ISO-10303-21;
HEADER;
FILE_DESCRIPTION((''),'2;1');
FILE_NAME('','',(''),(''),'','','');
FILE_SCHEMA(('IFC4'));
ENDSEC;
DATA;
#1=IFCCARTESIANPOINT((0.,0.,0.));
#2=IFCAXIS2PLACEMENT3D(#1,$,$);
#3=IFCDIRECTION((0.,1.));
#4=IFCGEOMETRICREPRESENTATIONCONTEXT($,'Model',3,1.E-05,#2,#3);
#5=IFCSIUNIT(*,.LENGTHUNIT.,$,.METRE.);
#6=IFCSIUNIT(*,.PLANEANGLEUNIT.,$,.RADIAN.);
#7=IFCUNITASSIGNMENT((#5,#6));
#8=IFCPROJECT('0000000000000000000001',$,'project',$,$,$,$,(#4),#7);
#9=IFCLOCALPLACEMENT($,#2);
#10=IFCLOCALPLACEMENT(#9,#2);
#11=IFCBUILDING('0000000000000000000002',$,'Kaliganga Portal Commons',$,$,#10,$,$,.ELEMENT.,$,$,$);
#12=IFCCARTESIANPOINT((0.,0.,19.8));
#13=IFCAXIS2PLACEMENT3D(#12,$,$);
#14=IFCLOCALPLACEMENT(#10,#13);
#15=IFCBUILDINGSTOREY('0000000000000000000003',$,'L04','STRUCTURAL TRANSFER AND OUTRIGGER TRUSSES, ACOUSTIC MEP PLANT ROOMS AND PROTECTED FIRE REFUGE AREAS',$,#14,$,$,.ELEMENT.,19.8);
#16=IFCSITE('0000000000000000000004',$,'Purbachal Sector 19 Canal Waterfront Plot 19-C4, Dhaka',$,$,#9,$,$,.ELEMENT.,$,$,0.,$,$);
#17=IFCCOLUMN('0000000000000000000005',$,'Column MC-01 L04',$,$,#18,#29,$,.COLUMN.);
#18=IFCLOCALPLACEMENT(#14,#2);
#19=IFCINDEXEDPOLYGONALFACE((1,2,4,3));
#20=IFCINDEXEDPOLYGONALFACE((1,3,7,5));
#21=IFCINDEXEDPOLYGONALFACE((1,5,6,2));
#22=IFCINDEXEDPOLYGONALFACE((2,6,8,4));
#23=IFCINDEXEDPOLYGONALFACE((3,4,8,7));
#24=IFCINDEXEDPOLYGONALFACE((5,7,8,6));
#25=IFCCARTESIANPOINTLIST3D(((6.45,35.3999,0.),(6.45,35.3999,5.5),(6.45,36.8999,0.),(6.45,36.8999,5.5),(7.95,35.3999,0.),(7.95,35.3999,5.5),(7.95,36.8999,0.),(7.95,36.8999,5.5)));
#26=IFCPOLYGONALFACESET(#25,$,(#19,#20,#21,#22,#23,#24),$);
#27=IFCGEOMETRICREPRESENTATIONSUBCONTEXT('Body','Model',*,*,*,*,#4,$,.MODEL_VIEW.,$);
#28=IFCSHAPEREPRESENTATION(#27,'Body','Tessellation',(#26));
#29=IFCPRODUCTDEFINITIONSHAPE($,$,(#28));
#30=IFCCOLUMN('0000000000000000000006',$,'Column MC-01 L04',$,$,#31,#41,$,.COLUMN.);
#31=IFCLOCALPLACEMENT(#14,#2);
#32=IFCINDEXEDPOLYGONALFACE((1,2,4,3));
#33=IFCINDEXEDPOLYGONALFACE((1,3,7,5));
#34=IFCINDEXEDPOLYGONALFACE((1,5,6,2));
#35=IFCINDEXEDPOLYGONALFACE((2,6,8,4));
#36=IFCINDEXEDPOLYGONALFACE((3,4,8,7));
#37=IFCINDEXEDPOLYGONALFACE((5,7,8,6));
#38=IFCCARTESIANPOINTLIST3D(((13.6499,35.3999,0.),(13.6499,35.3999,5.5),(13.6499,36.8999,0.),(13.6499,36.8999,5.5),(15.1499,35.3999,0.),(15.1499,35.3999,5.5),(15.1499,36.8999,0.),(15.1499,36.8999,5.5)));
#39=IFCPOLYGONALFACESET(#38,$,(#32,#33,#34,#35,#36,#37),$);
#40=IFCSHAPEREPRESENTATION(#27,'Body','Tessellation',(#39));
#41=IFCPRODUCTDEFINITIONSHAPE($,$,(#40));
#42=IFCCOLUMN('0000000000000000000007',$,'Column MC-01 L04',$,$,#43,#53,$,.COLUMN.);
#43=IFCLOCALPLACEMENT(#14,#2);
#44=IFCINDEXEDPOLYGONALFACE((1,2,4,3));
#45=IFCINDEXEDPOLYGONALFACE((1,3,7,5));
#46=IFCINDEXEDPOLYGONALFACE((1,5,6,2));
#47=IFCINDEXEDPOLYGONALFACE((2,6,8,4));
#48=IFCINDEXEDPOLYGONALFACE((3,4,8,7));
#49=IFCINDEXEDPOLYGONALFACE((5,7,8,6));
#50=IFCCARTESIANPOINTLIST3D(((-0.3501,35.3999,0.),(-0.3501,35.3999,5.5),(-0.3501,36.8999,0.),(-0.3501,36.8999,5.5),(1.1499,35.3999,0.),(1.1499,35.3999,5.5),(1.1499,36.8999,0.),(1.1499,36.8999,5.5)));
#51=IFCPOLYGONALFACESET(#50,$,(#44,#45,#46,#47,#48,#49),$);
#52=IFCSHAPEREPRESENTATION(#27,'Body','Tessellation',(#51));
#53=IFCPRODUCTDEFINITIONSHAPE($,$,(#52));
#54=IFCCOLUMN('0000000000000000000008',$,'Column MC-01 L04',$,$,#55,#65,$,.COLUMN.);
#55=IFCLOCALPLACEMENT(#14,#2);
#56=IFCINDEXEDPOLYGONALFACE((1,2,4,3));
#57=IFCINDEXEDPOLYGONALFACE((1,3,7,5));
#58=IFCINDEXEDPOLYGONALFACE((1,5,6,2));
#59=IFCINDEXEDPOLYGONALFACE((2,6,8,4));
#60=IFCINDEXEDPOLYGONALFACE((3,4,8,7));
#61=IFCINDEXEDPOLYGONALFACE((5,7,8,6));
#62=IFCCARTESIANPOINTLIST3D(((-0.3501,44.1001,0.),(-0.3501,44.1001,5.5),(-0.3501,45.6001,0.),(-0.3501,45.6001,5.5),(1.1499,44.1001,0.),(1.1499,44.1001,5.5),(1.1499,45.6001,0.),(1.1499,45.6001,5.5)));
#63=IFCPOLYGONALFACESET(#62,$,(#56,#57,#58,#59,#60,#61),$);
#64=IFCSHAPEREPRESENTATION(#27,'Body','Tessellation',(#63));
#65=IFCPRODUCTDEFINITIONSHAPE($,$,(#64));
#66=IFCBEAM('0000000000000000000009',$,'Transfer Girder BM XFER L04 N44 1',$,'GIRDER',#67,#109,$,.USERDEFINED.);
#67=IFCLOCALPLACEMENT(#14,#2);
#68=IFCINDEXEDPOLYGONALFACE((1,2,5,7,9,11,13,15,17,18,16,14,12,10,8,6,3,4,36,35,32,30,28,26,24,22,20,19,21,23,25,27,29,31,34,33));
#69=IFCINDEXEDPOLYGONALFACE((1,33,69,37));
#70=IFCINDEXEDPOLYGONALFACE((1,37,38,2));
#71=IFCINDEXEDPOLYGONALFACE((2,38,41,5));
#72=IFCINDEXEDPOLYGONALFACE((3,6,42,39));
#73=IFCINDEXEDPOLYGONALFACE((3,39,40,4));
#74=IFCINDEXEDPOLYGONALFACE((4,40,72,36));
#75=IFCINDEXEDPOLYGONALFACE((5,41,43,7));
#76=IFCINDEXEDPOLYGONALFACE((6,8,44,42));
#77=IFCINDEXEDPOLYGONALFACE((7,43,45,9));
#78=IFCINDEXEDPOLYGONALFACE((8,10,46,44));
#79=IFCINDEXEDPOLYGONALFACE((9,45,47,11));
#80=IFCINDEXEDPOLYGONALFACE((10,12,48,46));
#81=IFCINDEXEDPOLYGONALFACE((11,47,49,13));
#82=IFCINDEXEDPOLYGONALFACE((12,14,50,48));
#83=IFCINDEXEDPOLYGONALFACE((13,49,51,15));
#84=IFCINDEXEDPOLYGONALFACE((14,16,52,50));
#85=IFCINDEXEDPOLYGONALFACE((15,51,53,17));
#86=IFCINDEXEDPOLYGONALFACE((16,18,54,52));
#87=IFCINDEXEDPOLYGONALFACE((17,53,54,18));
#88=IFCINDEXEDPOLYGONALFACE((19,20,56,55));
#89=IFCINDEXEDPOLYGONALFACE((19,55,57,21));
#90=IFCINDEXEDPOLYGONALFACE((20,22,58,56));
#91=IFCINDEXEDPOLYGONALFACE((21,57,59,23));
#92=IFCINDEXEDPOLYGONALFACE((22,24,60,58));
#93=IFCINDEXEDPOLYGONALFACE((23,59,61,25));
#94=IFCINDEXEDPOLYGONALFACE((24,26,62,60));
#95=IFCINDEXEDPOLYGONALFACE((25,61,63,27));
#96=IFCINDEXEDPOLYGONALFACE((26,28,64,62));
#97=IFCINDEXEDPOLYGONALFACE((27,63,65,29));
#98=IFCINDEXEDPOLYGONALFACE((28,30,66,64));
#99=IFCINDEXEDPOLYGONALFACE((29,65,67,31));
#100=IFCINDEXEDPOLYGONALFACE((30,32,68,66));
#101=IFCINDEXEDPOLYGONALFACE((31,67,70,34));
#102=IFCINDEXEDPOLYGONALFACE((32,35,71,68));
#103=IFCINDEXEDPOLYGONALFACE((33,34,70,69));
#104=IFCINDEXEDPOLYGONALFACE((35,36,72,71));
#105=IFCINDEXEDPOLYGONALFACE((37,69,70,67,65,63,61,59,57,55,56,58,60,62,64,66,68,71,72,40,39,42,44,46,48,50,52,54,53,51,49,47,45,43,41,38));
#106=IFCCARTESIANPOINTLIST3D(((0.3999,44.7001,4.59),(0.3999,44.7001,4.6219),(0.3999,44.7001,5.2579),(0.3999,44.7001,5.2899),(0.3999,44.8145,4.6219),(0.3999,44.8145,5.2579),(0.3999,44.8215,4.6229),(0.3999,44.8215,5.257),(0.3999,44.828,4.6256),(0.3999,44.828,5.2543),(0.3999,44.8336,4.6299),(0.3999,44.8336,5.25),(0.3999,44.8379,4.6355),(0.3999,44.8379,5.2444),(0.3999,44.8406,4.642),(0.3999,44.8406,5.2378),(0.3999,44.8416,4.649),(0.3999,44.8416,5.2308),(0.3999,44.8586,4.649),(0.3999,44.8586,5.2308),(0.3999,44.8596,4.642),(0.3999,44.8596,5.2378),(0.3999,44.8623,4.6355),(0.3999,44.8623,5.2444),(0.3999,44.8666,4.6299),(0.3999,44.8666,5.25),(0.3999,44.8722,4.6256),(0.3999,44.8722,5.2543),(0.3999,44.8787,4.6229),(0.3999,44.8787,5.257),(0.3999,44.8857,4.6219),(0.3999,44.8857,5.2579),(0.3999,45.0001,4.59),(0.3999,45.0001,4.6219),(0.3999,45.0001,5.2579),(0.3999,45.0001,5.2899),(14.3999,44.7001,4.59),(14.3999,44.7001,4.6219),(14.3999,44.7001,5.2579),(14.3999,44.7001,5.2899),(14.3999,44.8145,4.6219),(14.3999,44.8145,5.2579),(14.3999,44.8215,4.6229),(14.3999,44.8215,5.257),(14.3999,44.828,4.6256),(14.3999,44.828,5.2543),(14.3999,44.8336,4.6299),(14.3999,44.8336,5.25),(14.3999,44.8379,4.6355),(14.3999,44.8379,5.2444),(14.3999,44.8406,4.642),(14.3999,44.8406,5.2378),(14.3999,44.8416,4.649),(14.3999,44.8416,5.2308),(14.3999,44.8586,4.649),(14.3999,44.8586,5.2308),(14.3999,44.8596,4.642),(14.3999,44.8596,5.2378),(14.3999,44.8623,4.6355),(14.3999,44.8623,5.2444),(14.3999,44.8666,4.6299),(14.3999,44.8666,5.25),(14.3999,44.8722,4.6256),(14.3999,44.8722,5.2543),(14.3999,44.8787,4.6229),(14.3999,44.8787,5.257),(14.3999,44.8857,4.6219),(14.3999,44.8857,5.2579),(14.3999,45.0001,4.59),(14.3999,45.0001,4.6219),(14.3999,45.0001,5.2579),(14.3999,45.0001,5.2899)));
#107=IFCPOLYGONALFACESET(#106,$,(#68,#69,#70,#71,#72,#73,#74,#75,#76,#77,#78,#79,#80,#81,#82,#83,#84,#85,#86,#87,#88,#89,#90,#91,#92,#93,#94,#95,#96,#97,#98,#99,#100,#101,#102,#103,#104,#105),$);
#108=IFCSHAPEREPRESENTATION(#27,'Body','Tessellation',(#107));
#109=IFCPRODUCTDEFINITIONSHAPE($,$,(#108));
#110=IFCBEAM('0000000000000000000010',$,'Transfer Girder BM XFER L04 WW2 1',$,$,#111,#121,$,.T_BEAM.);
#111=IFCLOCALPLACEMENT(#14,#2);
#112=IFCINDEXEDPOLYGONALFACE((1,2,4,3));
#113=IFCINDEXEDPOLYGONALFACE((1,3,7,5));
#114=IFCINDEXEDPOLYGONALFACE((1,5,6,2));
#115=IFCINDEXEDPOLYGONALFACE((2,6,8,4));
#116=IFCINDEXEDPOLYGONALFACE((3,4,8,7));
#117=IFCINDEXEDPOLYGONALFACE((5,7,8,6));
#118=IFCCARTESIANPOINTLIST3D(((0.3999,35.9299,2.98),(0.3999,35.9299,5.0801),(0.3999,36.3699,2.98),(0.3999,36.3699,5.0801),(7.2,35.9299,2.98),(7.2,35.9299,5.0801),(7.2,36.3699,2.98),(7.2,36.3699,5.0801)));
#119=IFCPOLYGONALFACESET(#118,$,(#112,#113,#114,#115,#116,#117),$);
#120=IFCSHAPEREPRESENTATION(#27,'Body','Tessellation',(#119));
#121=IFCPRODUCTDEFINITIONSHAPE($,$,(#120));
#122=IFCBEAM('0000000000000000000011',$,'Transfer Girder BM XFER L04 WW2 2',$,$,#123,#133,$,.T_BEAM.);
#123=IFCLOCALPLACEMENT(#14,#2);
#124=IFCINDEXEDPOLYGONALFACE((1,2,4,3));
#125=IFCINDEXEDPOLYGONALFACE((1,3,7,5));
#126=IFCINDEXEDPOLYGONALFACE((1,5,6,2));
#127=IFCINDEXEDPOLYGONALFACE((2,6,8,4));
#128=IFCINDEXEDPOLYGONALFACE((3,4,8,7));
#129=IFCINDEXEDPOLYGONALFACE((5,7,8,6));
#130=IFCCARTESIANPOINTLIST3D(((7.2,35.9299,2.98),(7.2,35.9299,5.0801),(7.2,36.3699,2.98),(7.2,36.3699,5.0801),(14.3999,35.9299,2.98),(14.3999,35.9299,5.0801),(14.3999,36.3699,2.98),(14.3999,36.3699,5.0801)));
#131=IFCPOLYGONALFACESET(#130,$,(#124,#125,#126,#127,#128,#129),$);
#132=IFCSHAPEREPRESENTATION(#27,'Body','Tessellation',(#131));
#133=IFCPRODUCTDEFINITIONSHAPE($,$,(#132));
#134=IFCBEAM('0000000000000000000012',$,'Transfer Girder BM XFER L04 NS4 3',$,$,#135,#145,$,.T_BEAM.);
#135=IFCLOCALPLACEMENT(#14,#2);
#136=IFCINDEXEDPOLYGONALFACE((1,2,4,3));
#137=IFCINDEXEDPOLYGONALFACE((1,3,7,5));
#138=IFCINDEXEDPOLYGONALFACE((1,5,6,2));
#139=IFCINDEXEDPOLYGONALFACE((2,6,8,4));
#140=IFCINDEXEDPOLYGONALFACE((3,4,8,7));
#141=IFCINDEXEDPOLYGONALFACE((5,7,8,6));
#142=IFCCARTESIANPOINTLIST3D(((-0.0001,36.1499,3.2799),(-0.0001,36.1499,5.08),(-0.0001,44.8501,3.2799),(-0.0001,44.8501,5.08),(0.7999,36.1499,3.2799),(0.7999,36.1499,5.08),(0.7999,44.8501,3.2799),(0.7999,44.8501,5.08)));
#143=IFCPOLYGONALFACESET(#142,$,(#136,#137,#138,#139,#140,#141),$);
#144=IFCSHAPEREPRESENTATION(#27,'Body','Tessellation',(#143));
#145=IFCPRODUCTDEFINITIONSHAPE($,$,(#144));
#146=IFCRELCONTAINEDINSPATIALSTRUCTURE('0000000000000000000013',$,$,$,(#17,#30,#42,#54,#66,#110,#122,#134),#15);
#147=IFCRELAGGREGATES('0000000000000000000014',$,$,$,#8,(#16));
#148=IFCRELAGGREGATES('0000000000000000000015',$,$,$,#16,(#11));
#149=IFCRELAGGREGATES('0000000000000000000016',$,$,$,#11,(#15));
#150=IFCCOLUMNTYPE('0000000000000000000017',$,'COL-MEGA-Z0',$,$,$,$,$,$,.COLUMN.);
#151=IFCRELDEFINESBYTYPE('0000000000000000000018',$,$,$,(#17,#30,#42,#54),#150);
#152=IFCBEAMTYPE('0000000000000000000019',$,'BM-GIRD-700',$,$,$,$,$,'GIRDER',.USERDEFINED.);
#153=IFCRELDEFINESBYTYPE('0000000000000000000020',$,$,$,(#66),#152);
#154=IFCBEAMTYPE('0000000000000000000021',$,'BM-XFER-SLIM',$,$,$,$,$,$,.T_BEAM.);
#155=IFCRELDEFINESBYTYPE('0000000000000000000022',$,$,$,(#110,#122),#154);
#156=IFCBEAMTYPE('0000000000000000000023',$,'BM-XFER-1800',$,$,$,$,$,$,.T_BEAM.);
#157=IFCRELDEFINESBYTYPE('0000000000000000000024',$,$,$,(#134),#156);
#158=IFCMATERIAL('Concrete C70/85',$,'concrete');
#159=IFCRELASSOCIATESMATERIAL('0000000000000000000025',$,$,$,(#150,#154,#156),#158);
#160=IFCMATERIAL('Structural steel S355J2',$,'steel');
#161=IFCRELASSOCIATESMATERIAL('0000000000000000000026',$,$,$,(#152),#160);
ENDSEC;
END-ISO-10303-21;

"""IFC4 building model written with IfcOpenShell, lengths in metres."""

from ifc_helpers import new_model, si_unit, direction, frame, origin, origin_2d, place, context, subcontext, project, spatial, rectangle, i_section, extrude, source, transform, mapped, material, material_profile, profile_set, type_object, element, save


model = new_model("IFC4")

# Units and contexts
model_context = context("Model", 3, precision=1e-05, world=origin(), true_north=direction((0.0, 1.0)))
body_context = subcontext(model_context, "Body", "Model", "MODEL_VIEW")
ifc_project = project(units=[si_unit("LENGTHUNIT", "METRE"), si_unit("PLANEANGLEUNIT", "RADIAN")], contexts=[model_context])

# Site, building, storey
site_placement = place(None, origin())
site = spatial("IfcSite", under=ifc_project, at=site_placement, Name="Purbachal Sector 19 Canal Waterfront Plot 19-C4, Dhaka", CompositionType="ELEMENT", RefElevation=0.0)
building_placement = place(site_placement, origin())
building = spatial("IfcBuilding", under=site, at=building_placement, Name="Kaliganga Portal Commons", CompositionType="ELEMENT")
storey_placement = place(building_placement, frame((0.0, 0.0, 19.8)))
storey = spatial("IfcBuildingStorey", under=building, at=storey_placement, Name="L04", Description="STRUCTURAL TRANSFER AND OUTRIGGER TRUSSES, ACOUSTIC MEP PLANT ROOMS AND PROTECTED FIRE REFUGE AREAS", CompositionType="ELEMENT", Elevation=19.8)

# Columns
ifc_material_1 = material(Name="Concrete C70/85", Category="concrete")
ifc_material_profile_1 = material_profile(ifc_material_1, rectangle(XDim=1.5, YDim=1.5, at=origin_2d()), Name="RC 1500x1500")
ifc_profile_set_1 = profile_set([ifc_material_profile_1], Name="Concrete C70/85")
column_type = type_object("IfcColumnType", Name="COL-MEGA-Z0", PredefinedType="COLUMN", material=ifc_profile_set_1)
shared_shape_1 = source(origin(), body_context, "Body", "SweptSolid", [
    extrude(rectangle(XDim=1.5, YDim=1.5, at=origin_2d()), origin(), (0.0, 0.0, 1.0), 5.5),
])
for number, where, z_axis, x_axis, name in (
    (1, (7.2, 36.1499, 0.0), (0.0, 0.0, 1.0), (1.0, 0.0, 0.0), "Column MC-01 L04"),
    (2, (14.3999, 36.1499, 0.0), (0.0, 0.0, 1.0), (1.0, 0.0, 0.0), "Column MC-01 L04"),
    (3, (0.3999, 36.1499, 0.0), (0.0, 0.0, 1.0), (1.0, 0.0, 0.0), "Column MC-01 L04"),
    (4, (0.3999, 44.8501, 0.0), (0.0, 0.0, 1.0), (1.0, 0.0, 0.0), "Column MC-01 L04"),
):
    element("IfcColumn", number, at=place(storey_placement, frame(where, z_axis=z_axis, x_axis=x_axis)), inside=storey, type_object=column_type, Name=name, PredefinedType="COLUMN", context=body_context, shape_type="MappedRepresentation", body=[
        mapped(shared_shape_1, transform((0.0, 0.0, 0.0), x_axis=(1.0, 0.0, 0.0), y_axis=(0.0, 1.0, 0.0), z_axis=(0.0, 0.0, 1.0), scale=1.0)),
    ])

# Beams
ifc_material_2 = material(Name="Structural steel S355J2", Category="steel")
ifc_material_profile_2 = material_profile(ifc_material_2, i_section(OverallWidth=0.3, OverallDepth=0.7, WebThickness=0.0171, FlangeThickness=0.032, FilletRadius=0.0271, at=origin_2d()), Name="HE 700 B")
ifc_profile_set_2 = profile_set([ifc_material_profile_2], Name="Structural steel S355J2 wide-flange")
beam_type_1 = type_object("IfcBeamType", Name="BM-GIRD-700", ElementType="GIRDER", PredefinedType="USERDEFINED", material=ifc_profile_set_2)
shared_shape_2 = source(origin(), body_context, "Body", "SweptSolid", [
    extrude(i_section(OverallWidth=0.3, OverallDepth=0.7, WebThickness=0.0171, FlangeThickness=0.032, FilletRadius=0.0271, at=origin_2d()), origin(), (0.0, 0.0, 1.0), 14.0),
])
beam_1_placement = place(storey_placement, frame((0.3999, 44.8501, 4.9399), z_axis=(1.0, 0.0, 0.0), x_axis=(0.0, 1.0, 0.0)))
element("IfcBeam", 5, at=beam_1_placement, inside=storey, type_object=beam_type_1, Name="Transfer Girder BM XFER L04 N44 1", ObjectType="GIRDER", PredefinedType="USERDEFINED", context=body_context, shape_type="MappedRepresentation", body=[
    mapped(shared_shape_2, transform((0.0, 0.0, 0.0), x_axis=(1.0, 0.0, 0.0), y_axis=(0.0, 1.0, 0.0), z_axis=(0.0, 0.0, 1.0), scale=1.0)),
])
ifc_material_profile_3 = material_profile(ifc_material_1, rectangle(XDim=0.4399, YDim=2.1001, at=origin_2d()), Name="RC 440x2100")
ifc_profile_set_3 = profile_set([ifc_material_profile_3], Name="Concrete C70/85")
beam_type_2 = type_object("IfcBeamType", Name="BM-XFER-SLIM", PredefinedType="T_BEAM", material=ifc_profile_set_3)
shared_shape_3 = source(origin(), body_context, "Body", "SweptSolid", [
    extrude(rectangle(XDim=0.4399, YDim=2.1001, at=origin_2d()), origin(), (0.0, 0.0, 1.0), 6.8),
])
beam_2_placement = place(storey_placement, frame((0.3999, 36.1499, 4.03), z_axis=(1.0, 0.0, 0.0), x_axis=(0.0, 1.0, 0.0)))
element("IfcBeam", 6, at=beam_2_placement, inside=storey, type_object=beam_type_2, Name="Transfer Girder BM XFER L04 WW2 1", PredefinedType="T_BEAM", context=body_context, shape_type="MappedRepresentation", body=[
    mapped(shared_shape_3, transform((0.0, 0.0, 0.0), x_axis=(1.0, 0.0, 0.0), y_axis=(0.0, 1.0, 0.0), z_axis=(0.0, 0.0, 1.0), scale=1.0)),
])
shared_shape_4 = source(origin(), body_context, "Body", "SweptSolid", [
    extrude(rectangle(XDim=0.4399, YDim=2.1001, at=origin_2d()), origin(), (0.0, 0.0, 1.0), 7.2),
])
beam_3_placement = place(storey_placement, frame((7.2, 36.1499, 4.03), z_axis=(1.0, 0.0, 0.0), x_axis=(0.0, 1.0, 0.0)))
element("IfcBeam", 7, at=beam_3_placement, inside=storey, type_object=beam_type_2, Name="Transfer Girder BM XFER L04 WW2 2", PredefinedType="T_BEAM", context=body_context, shape_type="MappedRepresentation", body=[
    mapped(shared_shape_4, transform((0.0, 0.0, 0.0), x_axis=(1.0, 0.0, 0.0), y_axis=(0.0, 1.0, 0.0), z_axis=(0.0, 0.0, 1.0), scale=1.0)),
])
ifc_material_profile_4 = material_profile(ifc_material_1, rectangle(XDim=0.8, YDim=1.8, at=origin_2d()), Name="RC 800x1800")
ifc_profile_set_4 = profile_set([ifc_material_profile_4], Name="Concrete C70/85")
beam_type_3 = type_object("IfcBeamType", Name="BM-XFER-1800", PredefinedType="T_BEAM", material=ifc_profile_set_4)
shared_shape_5 = source(origin(), body_context, "Body", "SweptSolid", [
    extrude(rectangle(XDim=0.8, YDim=1.8, at=origin_2d()), origin(), (0.0, 0.0, 1.0), 8.7002),
])
beam_4_placement = place(storey_placement, frame((0.3999, 36.1499, 4.1799), z_axis=(0.0, 1.0, 0.0), x_axis=(-1.0, 0.0, 0.0)))
element("IfcBeam", 8, at=beam_4_placement, inside=storey, type_object=beam_type_3, Name="Transfer Girder BM XFER L04 NS4 3", PredefinedType="T_BEAM", context=body_context, shape_type="MappedRepresentation", body=[
    mapped(shared_shape_5, transform((0.0, 0.0, 0.0), x_axis=(1.0, 0.0, 0.0), y_axis=(0.0, 1.0, 0.0), z_axis=(0.0, 0.0, 1.0), scale=1.0)),
])

save(model, "model.ifc")
